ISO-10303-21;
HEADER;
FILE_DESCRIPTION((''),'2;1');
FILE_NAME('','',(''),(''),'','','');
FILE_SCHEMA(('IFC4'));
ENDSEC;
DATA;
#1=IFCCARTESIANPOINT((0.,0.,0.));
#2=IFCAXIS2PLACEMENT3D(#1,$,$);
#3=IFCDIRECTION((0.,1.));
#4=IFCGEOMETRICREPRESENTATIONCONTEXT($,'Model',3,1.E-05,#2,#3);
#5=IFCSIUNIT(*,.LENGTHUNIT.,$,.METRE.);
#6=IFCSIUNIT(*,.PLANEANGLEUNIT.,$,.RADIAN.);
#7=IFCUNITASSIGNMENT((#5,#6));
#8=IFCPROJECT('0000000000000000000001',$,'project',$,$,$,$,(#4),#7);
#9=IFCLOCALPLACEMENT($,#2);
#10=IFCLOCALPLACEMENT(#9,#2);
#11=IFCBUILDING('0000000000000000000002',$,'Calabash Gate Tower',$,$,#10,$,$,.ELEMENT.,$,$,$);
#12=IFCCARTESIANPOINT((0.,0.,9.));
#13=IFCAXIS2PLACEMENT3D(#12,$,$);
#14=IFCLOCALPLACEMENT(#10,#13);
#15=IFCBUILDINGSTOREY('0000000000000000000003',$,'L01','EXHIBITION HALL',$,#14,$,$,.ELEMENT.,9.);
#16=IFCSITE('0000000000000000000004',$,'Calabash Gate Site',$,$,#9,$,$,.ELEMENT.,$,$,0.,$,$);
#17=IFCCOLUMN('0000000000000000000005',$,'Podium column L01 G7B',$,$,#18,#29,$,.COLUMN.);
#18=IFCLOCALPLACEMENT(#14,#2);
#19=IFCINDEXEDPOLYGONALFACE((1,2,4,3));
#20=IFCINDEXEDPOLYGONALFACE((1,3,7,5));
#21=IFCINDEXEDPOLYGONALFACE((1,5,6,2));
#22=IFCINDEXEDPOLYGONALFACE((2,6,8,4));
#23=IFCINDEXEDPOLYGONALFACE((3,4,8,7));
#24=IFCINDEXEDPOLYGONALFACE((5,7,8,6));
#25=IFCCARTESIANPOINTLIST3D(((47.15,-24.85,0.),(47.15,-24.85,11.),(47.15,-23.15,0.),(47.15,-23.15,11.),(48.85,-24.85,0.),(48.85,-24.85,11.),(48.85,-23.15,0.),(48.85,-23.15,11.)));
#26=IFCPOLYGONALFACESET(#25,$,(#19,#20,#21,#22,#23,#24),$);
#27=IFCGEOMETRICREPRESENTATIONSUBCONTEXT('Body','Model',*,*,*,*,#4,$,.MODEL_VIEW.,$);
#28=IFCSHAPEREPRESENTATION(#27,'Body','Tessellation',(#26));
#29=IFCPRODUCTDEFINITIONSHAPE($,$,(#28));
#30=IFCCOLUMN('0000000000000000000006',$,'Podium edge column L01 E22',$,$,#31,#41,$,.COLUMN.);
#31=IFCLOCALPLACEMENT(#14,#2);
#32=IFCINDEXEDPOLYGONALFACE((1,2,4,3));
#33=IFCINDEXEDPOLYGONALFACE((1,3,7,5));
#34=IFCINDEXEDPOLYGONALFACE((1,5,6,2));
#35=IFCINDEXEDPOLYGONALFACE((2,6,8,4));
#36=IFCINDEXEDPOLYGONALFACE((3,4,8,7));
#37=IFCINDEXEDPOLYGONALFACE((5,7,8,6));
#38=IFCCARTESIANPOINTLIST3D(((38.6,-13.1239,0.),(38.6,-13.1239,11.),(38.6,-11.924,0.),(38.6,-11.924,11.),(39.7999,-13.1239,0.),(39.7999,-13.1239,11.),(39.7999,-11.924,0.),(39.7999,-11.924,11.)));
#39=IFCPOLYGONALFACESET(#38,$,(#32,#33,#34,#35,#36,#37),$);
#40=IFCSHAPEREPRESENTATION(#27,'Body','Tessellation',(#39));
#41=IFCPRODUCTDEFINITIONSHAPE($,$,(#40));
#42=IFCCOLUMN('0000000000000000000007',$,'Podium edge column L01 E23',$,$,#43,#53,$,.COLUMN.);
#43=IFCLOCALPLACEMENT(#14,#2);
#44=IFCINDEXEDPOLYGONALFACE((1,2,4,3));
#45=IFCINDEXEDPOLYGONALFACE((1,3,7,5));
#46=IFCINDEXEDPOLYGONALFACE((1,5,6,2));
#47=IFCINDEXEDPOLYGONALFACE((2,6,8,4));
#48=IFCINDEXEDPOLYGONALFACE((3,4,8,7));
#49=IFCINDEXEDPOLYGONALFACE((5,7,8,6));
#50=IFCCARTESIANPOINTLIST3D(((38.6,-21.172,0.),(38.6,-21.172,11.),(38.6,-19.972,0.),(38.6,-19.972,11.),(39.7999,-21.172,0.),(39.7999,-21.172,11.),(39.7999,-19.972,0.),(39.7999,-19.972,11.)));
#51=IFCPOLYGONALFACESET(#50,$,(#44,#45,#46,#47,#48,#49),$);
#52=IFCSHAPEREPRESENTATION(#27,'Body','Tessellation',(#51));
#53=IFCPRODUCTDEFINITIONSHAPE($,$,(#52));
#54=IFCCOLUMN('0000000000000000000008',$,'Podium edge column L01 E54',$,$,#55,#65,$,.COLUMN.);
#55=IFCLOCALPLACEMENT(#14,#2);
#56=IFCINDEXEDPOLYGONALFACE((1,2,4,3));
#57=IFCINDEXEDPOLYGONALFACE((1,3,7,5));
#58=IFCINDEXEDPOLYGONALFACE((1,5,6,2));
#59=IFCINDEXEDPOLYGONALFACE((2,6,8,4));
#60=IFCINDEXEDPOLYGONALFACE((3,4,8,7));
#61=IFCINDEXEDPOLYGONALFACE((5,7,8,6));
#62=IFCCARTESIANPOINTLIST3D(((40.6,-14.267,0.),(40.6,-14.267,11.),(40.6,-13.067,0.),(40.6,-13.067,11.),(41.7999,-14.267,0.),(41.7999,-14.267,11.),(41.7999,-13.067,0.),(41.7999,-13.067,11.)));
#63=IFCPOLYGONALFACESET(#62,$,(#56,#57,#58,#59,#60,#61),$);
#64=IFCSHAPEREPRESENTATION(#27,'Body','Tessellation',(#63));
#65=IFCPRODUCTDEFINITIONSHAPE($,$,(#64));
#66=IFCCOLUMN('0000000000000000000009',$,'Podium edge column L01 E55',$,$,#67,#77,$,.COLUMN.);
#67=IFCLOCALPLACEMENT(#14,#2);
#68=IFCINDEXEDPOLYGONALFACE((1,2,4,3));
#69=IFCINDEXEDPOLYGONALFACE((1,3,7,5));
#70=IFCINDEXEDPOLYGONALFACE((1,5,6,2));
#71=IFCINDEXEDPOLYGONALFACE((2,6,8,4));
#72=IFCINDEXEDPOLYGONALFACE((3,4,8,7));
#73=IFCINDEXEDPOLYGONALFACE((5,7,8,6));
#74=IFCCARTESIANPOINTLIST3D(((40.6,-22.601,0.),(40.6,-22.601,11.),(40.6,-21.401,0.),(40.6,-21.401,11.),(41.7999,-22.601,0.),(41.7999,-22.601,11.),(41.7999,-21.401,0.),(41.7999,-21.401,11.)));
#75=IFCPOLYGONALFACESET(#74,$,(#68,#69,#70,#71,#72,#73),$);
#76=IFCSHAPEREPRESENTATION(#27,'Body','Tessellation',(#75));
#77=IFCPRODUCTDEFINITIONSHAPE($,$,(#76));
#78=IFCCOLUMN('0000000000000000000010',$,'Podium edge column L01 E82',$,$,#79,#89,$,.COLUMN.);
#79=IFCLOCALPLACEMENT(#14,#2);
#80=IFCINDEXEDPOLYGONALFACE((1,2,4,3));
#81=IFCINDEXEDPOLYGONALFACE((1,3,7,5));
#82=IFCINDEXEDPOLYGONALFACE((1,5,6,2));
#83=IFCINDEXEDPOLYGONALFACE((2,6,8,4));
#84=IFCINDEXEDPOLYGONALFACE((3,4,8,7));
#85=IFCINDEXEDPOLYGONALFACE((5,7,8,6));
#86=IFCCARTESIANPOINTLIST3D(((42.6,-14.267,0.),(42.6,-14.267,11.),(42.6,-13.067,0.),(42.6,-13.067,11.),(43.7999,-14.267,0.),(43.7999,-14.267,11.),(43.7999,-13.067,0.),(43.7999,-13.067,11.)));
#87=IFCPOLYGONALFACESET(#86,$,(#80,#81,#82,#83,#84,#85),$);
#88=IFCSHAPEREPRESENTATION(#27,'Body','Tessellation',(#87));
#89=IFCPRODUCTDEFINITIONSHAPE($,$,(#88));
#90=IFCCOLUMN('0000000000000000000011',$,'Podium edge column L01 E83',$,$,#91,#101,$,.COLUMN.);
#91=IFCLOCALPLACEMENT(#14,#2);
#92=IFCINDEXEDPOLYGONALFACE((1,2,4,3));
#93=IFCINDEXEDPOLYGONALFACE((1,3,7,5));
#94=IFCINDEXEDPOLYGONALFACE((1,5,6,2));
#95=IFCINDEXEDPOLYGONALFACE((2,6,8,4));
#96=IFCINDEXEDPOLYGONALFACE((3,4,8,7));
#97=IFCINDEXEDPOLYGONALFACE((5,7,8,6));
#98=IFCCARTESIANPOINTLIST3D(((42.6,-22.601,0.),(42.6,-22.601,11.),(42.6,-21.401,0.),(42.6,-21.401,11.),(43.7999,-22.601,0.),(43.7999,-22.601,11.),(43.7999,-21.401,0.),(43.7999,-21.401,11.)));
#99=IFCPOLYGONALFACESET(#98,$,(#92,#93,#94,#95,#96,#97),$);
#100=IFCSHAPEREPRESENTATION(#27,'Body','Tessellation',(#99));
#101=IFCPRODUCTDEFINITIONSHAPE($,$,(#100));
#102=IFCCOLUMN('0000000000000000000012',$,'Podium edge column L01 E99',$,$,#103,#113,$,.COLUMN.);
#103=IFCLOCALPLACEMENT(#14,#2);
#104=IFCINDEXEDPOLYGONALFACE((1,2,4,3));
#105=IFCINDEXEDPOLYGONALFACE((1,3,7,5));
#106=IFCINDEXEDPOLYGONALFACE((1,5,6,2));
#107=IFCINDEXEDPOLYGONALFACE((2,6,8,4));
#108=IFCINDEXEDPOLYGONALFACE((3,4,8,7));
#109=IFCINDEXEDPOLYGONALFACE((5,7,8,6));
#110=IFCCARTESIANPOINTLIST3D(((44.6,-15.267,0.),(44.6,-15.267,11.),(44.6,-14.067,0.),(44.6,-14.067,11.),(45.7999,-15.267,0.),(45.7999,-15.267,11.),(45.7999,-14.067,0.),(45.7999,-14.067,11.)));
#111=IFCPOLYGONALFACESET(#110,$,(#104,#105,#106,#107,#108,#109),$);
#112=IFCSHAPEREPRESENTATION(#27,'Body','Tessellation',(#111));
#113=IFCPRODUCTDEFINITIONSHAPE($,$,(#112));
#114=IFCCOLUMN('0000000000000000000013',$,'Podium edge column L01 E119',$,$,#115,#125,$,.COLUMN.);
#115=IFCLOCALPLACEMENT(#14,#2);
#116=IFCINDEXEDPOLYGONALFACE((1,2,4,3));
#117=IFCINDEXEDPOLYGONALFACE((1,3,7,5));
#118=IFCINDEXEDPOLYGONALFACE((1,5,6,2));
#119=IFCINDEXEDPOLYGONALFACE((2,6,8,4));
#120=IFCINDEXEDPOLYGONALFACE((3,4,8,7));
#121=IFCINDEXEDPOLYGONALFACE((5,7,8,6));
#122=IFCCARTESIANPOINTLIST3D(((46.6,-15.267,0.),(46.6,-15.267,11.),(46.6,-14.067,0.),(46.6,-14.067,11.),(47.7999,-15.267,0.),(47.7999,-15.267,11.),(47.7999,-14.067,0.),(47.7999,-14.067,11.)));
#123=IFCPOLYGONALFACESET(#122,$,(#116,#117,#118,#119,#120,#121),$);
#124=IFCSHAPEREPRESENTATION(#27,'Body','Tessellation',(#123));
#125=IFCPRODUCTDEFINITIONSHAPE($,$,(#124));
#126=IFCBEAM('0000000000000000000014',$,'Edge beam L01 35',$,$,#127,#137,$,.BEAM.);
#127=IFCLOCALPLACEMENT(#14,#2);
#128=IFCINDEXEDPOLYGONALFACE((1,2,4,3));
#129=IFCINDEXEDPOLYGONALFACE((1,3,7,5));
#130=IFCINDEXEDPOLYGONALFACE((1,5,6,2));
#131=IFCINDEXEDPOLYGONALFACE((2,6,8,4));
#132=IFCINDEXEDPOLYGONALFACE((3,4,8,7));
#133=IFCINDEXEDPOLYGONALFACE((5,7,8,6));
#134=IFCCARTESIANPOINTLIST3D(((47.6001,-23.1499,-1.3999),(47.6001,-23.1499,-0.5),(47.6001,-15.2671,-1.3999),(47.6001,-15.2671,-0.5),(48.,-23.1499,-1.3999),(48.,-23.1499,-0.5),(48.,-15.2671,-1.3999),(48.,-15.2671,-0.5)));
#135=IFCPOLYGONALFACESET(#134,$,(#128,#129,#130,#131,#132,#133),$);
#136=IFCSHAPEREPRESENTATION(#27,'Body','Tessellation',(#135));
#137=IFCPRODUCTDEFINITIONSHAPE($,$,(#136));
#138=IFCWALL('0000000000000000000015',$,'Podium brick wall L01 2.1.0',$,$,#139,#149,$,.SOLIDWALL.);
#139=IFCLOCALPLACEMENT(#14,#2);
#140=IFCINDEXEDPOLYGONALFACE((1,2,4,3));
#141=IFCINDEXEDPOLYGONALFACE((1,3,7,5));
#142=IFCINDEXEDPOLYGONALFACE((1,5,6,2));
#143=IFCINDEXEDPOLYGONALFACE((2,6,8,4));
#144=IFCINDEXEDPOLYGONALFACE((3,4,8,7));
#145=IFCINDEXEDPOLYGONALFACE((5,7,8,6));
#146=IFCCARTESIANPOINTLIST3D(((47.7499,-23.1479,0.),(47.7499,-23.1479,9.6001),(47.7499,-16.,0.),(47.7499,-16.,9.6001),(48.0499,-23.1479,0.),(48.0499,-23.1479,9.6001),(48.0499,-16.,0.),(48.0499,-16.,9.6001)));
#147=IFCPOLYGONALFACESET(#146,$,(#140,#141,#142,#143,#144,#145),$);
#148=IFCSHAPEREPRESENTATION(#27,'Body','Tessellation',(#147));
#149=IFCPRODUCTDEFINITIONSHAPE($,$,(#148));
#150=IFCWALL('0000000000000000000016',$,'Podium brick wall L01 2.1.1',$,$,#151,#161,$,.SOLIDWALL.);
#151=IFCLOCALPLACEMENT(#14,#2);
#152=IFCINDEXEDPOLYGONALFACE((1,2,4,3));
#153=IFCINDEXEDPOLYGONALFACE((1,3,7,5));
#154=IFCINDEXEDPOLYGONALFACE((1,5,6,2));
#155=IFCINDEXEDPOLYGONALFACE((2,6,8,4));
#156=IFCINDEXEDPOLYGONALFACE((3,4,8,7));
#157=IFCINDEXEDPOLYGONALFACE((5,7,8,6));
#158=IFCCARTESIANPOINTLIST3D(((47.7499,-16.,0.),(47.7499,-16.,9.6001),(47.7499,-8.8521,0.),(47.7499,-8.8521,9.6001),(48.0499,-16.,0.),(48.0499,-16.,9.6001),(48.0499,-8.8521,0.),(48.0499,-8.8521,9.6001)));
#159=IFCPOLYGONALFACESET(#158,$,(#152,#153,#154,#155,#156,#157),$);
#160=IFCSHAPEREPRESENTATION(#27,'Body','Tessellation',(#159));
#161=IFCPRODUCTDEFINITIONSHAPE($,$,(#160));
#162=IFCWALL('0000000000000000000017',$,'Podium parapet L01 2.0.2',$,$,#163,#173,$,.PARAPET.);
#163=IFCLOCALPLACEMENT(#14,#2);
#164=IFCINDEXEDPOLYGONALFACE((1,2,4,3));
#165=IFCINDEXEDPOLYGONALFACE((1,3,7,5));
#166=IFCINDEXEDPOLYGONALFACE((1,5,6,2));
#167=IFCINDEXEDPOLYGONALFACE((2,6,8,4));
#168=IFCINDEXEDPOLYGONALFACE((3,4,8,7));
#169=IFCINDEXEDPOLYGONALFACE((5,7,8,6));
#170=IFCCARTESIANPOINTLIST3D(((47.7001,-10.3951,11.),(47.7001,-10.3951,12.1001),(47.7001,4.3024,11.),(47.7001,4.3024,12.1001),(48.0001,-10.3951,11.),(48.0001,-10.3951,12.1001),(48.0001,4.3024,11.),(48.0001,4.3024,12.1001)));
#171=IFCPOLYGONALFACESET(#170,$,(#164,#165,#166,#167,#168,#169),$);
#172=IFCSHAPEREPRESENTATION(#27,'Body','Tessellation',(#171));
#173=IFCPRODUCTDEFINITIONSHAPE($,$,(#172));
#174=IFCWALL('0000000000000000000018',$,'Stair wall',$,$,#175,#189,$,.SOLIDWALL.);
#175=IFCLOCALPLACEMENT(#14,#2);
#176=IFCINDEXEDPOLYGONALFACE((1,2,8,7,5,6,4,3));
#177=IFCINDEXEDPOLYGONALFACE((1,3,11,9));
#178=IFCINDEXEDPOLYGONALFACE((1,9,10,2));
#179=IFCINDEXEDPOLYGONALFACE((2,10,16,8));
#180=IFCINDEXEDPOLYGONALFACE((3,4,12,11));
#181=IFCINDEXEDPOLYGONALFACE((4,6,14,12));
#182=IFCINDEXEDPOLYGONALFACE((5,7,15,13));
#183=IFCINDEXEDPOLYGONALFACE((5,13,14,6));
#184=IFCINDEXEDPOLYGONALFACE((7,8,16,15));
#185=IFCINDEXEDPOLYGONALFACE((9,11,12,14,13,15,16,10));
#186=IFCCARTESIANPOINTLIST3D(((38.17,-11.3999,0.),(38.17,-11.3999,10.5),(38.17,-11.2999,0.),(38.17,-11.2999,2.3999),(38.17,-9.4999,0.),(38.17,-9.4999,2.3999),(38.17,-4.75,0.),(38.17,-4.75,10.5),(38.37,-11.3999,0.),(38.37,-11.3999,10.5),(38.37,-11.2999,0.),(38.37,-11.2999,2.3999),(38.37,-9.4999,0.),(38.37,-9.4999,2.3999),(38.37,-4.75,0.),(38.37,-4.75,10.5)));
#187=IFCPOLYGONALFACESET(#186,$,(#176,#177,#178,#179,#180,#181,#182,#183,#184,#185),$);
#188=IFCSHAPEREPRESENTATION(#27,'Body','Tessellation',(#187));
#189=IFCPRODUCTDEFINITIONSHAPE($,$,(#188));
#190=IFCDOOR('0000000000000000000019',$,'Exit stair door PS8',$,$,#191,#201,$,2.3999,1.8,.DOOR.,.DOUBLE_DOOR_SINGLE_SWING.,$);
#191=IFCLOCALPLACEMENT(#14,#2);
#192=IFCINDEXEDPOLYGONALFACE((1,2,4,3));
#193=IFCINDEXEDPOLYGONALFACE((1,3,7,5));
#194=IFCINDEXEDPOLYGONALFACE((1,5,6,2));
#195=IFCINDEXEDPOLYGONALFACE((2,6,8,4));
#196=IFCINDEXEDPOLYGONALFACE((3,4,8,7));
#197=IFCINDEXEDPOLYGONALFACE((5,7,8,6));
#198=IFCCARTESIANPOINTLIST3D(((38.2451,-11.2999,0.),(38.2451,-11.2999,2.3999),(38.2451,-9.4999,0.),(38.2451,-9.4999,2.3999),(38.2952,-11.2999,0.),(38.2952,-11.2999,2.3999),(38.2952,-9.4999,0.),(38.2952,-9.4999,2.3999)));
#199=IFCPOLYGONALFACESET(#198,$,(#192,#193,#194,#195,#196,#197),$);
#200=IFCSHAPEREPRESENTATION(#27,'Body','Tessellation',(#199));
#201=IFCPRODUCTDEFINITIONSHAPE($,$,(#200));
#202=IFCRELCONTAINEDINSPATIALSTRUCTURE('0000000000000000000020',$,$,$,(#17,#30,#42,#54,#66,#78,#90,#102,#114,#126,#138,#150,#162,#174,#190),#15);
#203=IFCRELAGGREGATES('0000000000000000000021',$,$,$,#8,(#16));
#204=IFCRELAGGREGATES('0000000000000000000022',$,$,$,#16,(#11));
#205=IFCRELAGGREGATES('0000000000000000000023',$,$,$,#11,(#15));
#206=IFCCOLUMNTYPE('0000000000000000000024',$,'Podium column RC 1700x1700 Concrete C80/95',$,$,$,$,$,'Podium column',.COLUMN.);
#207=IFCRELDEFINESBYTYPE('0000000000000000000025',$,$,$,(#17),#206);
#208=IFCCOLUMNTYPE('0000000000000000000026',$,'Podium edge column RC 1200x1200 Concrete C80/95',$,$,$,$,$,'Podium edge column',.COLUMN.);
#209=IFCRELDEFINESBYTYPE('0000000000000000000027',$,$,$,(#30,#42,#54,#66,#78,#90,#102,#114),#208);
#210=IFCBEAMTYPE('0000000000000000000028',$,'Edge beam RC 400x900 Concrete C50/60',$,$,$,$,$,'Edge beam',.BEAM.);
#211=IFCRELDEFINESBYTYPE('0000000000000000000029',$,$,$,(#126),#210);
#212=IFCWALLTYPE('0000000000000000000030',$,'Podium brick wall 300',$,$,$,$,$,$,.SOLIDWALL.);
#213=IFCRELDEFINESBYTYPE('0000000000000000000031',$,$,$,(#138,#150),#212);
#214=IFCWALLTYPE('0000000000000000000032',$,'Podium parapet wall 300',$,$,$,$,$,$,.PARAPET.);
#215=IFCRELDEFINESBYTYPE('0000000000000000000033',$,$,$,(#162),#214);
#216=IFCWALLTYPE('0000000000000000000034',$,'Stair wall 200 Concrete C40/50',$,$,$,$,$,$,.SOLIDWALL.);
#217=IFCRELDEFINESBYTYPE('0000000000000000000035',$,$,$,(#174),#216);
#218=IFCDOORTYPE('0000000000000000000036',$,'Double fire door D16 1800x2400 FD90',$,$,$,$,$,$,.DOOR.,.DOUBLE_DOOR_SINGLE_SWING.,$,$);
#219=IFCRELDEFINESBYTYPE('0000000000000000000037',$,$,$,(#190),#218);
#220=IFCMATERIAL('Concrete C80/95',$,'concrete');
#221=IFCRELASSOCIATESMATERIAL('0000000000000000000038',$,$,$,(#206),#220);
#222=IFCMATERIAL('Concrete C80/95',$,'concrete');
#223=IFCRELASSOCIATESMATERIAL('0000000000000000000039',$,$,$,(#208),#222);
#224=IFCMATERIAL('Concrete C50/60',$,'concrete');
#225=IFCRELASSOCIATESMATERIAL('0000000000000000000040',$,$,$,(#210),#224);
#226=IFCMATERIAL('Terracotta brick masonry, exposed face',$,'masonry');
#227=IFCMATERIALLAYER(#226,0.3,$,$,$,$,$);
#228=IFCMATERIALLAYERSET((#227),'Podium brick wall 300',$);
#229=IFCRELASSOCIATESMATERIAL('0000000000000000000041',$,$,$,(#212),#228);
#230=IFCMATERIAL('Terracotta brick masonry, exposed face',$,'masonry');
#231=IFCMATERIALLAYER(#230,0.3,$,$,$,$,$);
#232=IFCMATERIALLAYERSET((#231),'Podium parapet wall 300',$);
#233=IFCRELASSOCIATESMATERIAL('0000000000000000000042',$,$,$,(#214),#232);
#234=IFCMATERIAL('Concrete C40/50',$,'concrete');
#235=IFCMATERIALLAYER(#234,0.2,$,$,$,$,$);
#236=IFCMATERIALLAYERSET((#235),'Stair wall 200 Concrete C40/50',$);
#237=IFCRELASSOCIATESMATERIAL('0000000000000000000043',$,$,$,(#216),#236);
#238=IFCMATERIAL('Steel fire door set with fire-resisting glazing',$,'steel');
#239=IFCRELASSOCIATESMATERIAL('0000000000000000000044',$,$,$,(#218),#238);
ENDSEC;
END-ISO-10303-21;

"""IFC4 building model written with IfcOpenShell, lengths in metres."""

from ifc_helpers import new_model, si_unit, direction, frame, frame_2d, origin, origin_2d, place, context, subcontext, project, spatial, rectangle, extrude, material, layer, layer_set, material_profile, profile_set, type_object, element, fill, save


model = new_model("IFC4")

# Units and contexts
model_context = context("Model", 3, precision=1e-05, world=origin(), true_north=direction((0.0, 1.0)))
body_context = subcontext(model_context, "Body", "Model", "MODEL_VIEW")
ifc_project = project(units=[si_unit("LENGTHUNIT", "METRE"), si_unit("PLANEANGLEUNIT", "RADIAN")], contexts=[model_context])

# Site, building, storey
site_placement = place(None, origin())
site = spatial("IfcSite", under=ifc_project, at=site_placement, Name="Calabash Gate Site", CompositionType="ELEMENT", RefElevation=0.0)
building_placement = place(site_placement, origin())
building = spatial("IfcBuilding", under=site, at=building_placement, Name="Calabash Gate Tower", CompositionType="ELEMENT")
storey_placement = place(building_placement, frame((0.0, 0.0, 9.0)))
storey = spatial("IfcBuildingStorey", under=building, at=storey_placement, Name="L01", Description="EXHIBITION HALL", CompositionType="ELEMENT", Elevation=9.0)

# Columns
ifc_material_1 = material(Name="Concrete C80/95", Category="concrete")
ifc_material_profile_1 = material_profile(ifc_material_1, rectangle(XDim=1.7, YDim=1.7, at=origin_2d()))
ifc_profile_set_1 = profile_set([ifc_material_profile_1], Name="Concrete C80/95")
column_type_1 = type_object("IfcColumnType", Name="Podium column RC 1700x1700 Concrete C80/95", ElementType="Podium column", PredefinedType="COLUMN", material=ifc_profile_set_1)
column_placement = place(storey_placement, frame((48.0, -24.0, 0.0), z_axis=(0.0, 0.0, 1.0), x_axis=(1.0, 0.0, 0.0)))
element("IfcColumn", 1, at=column_placement, inside=storey, type_object=column_type_1, Name="Podium column L01 G7B", PredefinedType="COLUMN", context=body_context, shape_type="SweptSolid", body=[
    extrude(rectangle(XDim=1.7, YDim=1.7, at=origin_2d()), origin(), (0.0, 0.0, 1.0), 11.0),
])
ifc_material_2 = material(Name="Concrete C80/95", Category="concrete")
ifc_material_profile_2 = material_profile(ifc_material_2, rectangle(XDim=1.2, YDim=1.2, at=origin_2d()))
ifc_profile_set_2 = profile_set([ifc_material_profile_2], Name="Concrete C80/95")
column_type_2 = type_object("IfcColumnType", Name="Podium edge column RC 1200x1200 Concrete C80/95", ElementType="Podium edge column", PredefinedType="COLUMN", material=ifc_profile_set_2)
for number, where, z_axis, x_axis, name in (
    (2, (39.2, -12.5239, 0.0), (0.0, 0.0, 1.0), (1.0, 0.0, 0.0), "Podium edge column L01 E22"),
    (3, (39.2, -20.572, 0.0), (0.0, 0.0, 1.0), (1.0, 0.0, 0.0), "Podium edge column L01 E23"),
    (4, (41.2, -13.667, 0.0), (0.0, 0.0, 1.0), (1.0, 0.0, 0.0), "Podium edge column L01 E54"),
    (5, (41.2, -22.001, 0.0), (0.0, 0.0, 1.0), (1.0, 0.0, 0.0), "Podium edge column L01 E55"),
    (6, (43.2, -13.667, 0.0), (0.0, 0.0, 1.0), (1.0, 0.0, 0.0), "Podium edge column L01 E82"),
    (7, (43.2, -22.001, 0.0), (0.0, 0.0, 1.0), (1.0, 0.0, 0.0), "Podium edge column L01 E83"),
    (8, (45.2, -14.667, 0.0), (0.0, 0.0, 1.0), (1.0, 0.0, 0.0), "Podium edge column L01 E99"),
    (9, (47.2, -14.667, 0.0), (0.0, 0.0, 1.0), (1.0, 0.0, 0.0), "Podium edge column L01 E119"),
):
    element("IfcColumn", number, at=place(storey_placement, frame(where, z_axis=z_axis, x_axis=x_axis)), inside=storey, type_object=column_type_2, Name=name, PredefinedType="COLUMN", context=body_context, shape_type="SweptSolid", body=[
        extrude(rectangle(XDim=1.2, YDim=1.2, at=origin_2d()), origin(), (0.0, 0.0, 1.0), 11.0),
    ])

# Beam
ifc_material_3 = material(Name="Concrete C50/60", Category="concrete")
ifc_material_profile_3 = material_profile(ifc_material_3, rectangle(XDim=0.3999, YDim=0.8999, at=origin_2d()))
ifc_profile_set_3 = profile_set([ifc_material_profile_3], Name="Concrete C50/60")
beam_type = type_object("IfcBeamType", Name="Edge beam RC 400x900 Concrete C50/60", ElementType="Edge beam", PredefinedType="BEAM", material=ifc_profile_set_3)
beam_placement = place(storey_placement, frame((47.8, -15.2671, -0.95), z_axis=(0.0, -1.0, 0.0), x_axis=(1.0, 0.0, 0.0)))
element("IfcBeam", 10, at=beam_placement, inside=storey, type_object=beam_type, Name="Edge beam L01 35", PredefinedType="BEAM", context=body_context, shape_type="SweptSolid", body=[
    extrude(rectangle(XDim=0.3999, YDim=0.8999, at=origin_2d()), origin(), (0.0, 0.0, 1.0), 7.8828),
])

# Walls
ifc_material_4 = material(Name="Terracotta brick masonry, exposed face", Category="masonry")
ifc_layer_1 = layer(ifc_material_4, 0.3)
ifc_layer_set_1 = layer_set([ifc_layer_1], Name="Podium brick wall 300")
wall_type_1 = type_object("IfcWallType", Name="Podium brick wall 300", PredefinedType="SOLIDWALL", material=ifc_layer_set_1)
for number, where, z_axis, x_axis, name in (
    (11, (47.8999, -23.1479, 0.0), (0.0, 0.0, 1.0), (0.0, 1.0, 0.0), "Podium brick wall L01 2.1.0"),
    (12, (47.8999, -16.0, 0.0), (0.0, 0.0, 1.0), (0.0, 1.0, 0.0), "Podium brick wall L01 2.1.1"),
):
    element("IfcWall", number, at=place(storey_placement, frame(where, z_axis=z_axis, x_axis=x_axis)), inside=storey, type_object=wall_type_1, Name=name, PredefinedType="SOLIDWALL", context=body_context, shape_type="SweptSolid", body=[
        extrude(rectangle(XDim=7.1479, YDim=0.3, at=frame_2d((3.574, 0.0))), origin(), (0.0, 0.0, 1.0), 9.6001),
    ])
ifc_material_5 = material(Name="Terracotta brick masonry, exposed face", Category="masonry")
ifc_layer_2 = layer(ifc_material_5, 0.3)
ifc_layer_set_2 = layer_set([ifc_layer_2], Name="Podium parapet wall 300")
wall_type_2 = type_object("IfcWallType", Name="Podium parapet wall 300", PredefinedType="PARAPET", material=ifc_layer_set_2)
wall_1_placement = place(storey_placement, frame((47.8501, -10.395, 11.0), z_axis=(0.0, 0.0, 1.0), x_axis=(0.0, 1.0, 0.0)))
element("IfcWall", 13, at=wall_1_placement, inside=storey, type_object=wall_type_2, Name="Podium parapet L01 2.0.2", PredefinedType="PARAPET", context=body_context, shape_type="SweptSolid", body=[
    extrude(rectangle(XDim=14.6975, YDim=0.3, at=frame_2d((7.3486, 0.0))), origin(), (0.0, 0.0, 1.0), 1.1001),
])

# Wall, opening, door
ifc_material_6 = material(Name="Concrete C40/50", Category="concrete")
ifc_layer_3 = layer(ifc_material_6, 0.2)
ifc_layer_set_3 = layer_set([ifc_layer_3], Name="Stair wall 200 Concrete C40/50")
wall_type_3 = type_object("IfcWallType", Name="Stair wall 200 Concrete C40/50", PredefinedType="SOLIDWALL", material=ifc_layer_set_3)
wall_2_placement = place(storey_placement, frame((38.27, -11.3999, 0.0), z_axis=(0.0, 0.0, 1.0), x_axis=(0.0, 1.0, 0.0)))
wall_2 = element("IfcWall", 14, at=wall_2_placement, inside=storey, type_object=wall_type_3, Name="Stair wall", PredefinedType="SOLIDWALL", context=body_context, shape_type="SweptSolid", body=[
    extrude(rectangle(XDim=6.6499, YDim=0.2, at=frame_2d((3.325, 0.0))), origin(), (0.0, 0.0, 1.0), 10.5),
])
opening_placement = place(wall_2_placement, frame((0.1001, 0.0, 0.0)))
opening = element("IfcOpeningElement", 15, at=opening_placement, cuts=wall_2, PredefinedType="OPENING", context=body_context, shape_type="SweptSolid", body=[
    extrude(rectangle(XDim=1.8, YDim=2.3999, at=frame_2d((0.8999, 1.2))), frame((0.0, 0.1099, 0.0), z_axis=(0.0, -1.0, 0.0), x_axis=(1.0, 0.0, 0.0)), (0.0, 0.0, 1.0), 0.22),
])
ifc_material_7 = material(Name="Steel fire door set with fire-resisting glazing", Category="steel")
door_type = type_object("IfcDoorType", Name="Double fire door D16 1800x2400 FD90", OperationType="DOUBLE_DOOR_SINGLE_SWING", PredefinedType="DOOR", material=ifc_material_7)
door_placement = place(opening_placement, origin())
door = element("IfcDoor", 16, at=door_placement, inside=storey, type_object=door_type, Name="Exit stair door PS8", OperationType="DOUBLE_DOOR_SINGLE_SWING", OverallHeight=2.3999, OverallWidth=1.8, PredefinedType="DOOR", context=body_context, shape_type="SweptSolid", body=[
    extrude(rectangle(XDim=1.8, YDim=2.3999, at=frame_2d((0.8999, 1.2))), frame((0.0, 0.0249, 0.0), z_axis=(0.0, -1.0, 0.0), x_axis=(1.0, 0.0, 0.0)), (0.0, 0.0, 1.0), 0.05),
])
fill(opening, door)

save(model, "model.ifc")
